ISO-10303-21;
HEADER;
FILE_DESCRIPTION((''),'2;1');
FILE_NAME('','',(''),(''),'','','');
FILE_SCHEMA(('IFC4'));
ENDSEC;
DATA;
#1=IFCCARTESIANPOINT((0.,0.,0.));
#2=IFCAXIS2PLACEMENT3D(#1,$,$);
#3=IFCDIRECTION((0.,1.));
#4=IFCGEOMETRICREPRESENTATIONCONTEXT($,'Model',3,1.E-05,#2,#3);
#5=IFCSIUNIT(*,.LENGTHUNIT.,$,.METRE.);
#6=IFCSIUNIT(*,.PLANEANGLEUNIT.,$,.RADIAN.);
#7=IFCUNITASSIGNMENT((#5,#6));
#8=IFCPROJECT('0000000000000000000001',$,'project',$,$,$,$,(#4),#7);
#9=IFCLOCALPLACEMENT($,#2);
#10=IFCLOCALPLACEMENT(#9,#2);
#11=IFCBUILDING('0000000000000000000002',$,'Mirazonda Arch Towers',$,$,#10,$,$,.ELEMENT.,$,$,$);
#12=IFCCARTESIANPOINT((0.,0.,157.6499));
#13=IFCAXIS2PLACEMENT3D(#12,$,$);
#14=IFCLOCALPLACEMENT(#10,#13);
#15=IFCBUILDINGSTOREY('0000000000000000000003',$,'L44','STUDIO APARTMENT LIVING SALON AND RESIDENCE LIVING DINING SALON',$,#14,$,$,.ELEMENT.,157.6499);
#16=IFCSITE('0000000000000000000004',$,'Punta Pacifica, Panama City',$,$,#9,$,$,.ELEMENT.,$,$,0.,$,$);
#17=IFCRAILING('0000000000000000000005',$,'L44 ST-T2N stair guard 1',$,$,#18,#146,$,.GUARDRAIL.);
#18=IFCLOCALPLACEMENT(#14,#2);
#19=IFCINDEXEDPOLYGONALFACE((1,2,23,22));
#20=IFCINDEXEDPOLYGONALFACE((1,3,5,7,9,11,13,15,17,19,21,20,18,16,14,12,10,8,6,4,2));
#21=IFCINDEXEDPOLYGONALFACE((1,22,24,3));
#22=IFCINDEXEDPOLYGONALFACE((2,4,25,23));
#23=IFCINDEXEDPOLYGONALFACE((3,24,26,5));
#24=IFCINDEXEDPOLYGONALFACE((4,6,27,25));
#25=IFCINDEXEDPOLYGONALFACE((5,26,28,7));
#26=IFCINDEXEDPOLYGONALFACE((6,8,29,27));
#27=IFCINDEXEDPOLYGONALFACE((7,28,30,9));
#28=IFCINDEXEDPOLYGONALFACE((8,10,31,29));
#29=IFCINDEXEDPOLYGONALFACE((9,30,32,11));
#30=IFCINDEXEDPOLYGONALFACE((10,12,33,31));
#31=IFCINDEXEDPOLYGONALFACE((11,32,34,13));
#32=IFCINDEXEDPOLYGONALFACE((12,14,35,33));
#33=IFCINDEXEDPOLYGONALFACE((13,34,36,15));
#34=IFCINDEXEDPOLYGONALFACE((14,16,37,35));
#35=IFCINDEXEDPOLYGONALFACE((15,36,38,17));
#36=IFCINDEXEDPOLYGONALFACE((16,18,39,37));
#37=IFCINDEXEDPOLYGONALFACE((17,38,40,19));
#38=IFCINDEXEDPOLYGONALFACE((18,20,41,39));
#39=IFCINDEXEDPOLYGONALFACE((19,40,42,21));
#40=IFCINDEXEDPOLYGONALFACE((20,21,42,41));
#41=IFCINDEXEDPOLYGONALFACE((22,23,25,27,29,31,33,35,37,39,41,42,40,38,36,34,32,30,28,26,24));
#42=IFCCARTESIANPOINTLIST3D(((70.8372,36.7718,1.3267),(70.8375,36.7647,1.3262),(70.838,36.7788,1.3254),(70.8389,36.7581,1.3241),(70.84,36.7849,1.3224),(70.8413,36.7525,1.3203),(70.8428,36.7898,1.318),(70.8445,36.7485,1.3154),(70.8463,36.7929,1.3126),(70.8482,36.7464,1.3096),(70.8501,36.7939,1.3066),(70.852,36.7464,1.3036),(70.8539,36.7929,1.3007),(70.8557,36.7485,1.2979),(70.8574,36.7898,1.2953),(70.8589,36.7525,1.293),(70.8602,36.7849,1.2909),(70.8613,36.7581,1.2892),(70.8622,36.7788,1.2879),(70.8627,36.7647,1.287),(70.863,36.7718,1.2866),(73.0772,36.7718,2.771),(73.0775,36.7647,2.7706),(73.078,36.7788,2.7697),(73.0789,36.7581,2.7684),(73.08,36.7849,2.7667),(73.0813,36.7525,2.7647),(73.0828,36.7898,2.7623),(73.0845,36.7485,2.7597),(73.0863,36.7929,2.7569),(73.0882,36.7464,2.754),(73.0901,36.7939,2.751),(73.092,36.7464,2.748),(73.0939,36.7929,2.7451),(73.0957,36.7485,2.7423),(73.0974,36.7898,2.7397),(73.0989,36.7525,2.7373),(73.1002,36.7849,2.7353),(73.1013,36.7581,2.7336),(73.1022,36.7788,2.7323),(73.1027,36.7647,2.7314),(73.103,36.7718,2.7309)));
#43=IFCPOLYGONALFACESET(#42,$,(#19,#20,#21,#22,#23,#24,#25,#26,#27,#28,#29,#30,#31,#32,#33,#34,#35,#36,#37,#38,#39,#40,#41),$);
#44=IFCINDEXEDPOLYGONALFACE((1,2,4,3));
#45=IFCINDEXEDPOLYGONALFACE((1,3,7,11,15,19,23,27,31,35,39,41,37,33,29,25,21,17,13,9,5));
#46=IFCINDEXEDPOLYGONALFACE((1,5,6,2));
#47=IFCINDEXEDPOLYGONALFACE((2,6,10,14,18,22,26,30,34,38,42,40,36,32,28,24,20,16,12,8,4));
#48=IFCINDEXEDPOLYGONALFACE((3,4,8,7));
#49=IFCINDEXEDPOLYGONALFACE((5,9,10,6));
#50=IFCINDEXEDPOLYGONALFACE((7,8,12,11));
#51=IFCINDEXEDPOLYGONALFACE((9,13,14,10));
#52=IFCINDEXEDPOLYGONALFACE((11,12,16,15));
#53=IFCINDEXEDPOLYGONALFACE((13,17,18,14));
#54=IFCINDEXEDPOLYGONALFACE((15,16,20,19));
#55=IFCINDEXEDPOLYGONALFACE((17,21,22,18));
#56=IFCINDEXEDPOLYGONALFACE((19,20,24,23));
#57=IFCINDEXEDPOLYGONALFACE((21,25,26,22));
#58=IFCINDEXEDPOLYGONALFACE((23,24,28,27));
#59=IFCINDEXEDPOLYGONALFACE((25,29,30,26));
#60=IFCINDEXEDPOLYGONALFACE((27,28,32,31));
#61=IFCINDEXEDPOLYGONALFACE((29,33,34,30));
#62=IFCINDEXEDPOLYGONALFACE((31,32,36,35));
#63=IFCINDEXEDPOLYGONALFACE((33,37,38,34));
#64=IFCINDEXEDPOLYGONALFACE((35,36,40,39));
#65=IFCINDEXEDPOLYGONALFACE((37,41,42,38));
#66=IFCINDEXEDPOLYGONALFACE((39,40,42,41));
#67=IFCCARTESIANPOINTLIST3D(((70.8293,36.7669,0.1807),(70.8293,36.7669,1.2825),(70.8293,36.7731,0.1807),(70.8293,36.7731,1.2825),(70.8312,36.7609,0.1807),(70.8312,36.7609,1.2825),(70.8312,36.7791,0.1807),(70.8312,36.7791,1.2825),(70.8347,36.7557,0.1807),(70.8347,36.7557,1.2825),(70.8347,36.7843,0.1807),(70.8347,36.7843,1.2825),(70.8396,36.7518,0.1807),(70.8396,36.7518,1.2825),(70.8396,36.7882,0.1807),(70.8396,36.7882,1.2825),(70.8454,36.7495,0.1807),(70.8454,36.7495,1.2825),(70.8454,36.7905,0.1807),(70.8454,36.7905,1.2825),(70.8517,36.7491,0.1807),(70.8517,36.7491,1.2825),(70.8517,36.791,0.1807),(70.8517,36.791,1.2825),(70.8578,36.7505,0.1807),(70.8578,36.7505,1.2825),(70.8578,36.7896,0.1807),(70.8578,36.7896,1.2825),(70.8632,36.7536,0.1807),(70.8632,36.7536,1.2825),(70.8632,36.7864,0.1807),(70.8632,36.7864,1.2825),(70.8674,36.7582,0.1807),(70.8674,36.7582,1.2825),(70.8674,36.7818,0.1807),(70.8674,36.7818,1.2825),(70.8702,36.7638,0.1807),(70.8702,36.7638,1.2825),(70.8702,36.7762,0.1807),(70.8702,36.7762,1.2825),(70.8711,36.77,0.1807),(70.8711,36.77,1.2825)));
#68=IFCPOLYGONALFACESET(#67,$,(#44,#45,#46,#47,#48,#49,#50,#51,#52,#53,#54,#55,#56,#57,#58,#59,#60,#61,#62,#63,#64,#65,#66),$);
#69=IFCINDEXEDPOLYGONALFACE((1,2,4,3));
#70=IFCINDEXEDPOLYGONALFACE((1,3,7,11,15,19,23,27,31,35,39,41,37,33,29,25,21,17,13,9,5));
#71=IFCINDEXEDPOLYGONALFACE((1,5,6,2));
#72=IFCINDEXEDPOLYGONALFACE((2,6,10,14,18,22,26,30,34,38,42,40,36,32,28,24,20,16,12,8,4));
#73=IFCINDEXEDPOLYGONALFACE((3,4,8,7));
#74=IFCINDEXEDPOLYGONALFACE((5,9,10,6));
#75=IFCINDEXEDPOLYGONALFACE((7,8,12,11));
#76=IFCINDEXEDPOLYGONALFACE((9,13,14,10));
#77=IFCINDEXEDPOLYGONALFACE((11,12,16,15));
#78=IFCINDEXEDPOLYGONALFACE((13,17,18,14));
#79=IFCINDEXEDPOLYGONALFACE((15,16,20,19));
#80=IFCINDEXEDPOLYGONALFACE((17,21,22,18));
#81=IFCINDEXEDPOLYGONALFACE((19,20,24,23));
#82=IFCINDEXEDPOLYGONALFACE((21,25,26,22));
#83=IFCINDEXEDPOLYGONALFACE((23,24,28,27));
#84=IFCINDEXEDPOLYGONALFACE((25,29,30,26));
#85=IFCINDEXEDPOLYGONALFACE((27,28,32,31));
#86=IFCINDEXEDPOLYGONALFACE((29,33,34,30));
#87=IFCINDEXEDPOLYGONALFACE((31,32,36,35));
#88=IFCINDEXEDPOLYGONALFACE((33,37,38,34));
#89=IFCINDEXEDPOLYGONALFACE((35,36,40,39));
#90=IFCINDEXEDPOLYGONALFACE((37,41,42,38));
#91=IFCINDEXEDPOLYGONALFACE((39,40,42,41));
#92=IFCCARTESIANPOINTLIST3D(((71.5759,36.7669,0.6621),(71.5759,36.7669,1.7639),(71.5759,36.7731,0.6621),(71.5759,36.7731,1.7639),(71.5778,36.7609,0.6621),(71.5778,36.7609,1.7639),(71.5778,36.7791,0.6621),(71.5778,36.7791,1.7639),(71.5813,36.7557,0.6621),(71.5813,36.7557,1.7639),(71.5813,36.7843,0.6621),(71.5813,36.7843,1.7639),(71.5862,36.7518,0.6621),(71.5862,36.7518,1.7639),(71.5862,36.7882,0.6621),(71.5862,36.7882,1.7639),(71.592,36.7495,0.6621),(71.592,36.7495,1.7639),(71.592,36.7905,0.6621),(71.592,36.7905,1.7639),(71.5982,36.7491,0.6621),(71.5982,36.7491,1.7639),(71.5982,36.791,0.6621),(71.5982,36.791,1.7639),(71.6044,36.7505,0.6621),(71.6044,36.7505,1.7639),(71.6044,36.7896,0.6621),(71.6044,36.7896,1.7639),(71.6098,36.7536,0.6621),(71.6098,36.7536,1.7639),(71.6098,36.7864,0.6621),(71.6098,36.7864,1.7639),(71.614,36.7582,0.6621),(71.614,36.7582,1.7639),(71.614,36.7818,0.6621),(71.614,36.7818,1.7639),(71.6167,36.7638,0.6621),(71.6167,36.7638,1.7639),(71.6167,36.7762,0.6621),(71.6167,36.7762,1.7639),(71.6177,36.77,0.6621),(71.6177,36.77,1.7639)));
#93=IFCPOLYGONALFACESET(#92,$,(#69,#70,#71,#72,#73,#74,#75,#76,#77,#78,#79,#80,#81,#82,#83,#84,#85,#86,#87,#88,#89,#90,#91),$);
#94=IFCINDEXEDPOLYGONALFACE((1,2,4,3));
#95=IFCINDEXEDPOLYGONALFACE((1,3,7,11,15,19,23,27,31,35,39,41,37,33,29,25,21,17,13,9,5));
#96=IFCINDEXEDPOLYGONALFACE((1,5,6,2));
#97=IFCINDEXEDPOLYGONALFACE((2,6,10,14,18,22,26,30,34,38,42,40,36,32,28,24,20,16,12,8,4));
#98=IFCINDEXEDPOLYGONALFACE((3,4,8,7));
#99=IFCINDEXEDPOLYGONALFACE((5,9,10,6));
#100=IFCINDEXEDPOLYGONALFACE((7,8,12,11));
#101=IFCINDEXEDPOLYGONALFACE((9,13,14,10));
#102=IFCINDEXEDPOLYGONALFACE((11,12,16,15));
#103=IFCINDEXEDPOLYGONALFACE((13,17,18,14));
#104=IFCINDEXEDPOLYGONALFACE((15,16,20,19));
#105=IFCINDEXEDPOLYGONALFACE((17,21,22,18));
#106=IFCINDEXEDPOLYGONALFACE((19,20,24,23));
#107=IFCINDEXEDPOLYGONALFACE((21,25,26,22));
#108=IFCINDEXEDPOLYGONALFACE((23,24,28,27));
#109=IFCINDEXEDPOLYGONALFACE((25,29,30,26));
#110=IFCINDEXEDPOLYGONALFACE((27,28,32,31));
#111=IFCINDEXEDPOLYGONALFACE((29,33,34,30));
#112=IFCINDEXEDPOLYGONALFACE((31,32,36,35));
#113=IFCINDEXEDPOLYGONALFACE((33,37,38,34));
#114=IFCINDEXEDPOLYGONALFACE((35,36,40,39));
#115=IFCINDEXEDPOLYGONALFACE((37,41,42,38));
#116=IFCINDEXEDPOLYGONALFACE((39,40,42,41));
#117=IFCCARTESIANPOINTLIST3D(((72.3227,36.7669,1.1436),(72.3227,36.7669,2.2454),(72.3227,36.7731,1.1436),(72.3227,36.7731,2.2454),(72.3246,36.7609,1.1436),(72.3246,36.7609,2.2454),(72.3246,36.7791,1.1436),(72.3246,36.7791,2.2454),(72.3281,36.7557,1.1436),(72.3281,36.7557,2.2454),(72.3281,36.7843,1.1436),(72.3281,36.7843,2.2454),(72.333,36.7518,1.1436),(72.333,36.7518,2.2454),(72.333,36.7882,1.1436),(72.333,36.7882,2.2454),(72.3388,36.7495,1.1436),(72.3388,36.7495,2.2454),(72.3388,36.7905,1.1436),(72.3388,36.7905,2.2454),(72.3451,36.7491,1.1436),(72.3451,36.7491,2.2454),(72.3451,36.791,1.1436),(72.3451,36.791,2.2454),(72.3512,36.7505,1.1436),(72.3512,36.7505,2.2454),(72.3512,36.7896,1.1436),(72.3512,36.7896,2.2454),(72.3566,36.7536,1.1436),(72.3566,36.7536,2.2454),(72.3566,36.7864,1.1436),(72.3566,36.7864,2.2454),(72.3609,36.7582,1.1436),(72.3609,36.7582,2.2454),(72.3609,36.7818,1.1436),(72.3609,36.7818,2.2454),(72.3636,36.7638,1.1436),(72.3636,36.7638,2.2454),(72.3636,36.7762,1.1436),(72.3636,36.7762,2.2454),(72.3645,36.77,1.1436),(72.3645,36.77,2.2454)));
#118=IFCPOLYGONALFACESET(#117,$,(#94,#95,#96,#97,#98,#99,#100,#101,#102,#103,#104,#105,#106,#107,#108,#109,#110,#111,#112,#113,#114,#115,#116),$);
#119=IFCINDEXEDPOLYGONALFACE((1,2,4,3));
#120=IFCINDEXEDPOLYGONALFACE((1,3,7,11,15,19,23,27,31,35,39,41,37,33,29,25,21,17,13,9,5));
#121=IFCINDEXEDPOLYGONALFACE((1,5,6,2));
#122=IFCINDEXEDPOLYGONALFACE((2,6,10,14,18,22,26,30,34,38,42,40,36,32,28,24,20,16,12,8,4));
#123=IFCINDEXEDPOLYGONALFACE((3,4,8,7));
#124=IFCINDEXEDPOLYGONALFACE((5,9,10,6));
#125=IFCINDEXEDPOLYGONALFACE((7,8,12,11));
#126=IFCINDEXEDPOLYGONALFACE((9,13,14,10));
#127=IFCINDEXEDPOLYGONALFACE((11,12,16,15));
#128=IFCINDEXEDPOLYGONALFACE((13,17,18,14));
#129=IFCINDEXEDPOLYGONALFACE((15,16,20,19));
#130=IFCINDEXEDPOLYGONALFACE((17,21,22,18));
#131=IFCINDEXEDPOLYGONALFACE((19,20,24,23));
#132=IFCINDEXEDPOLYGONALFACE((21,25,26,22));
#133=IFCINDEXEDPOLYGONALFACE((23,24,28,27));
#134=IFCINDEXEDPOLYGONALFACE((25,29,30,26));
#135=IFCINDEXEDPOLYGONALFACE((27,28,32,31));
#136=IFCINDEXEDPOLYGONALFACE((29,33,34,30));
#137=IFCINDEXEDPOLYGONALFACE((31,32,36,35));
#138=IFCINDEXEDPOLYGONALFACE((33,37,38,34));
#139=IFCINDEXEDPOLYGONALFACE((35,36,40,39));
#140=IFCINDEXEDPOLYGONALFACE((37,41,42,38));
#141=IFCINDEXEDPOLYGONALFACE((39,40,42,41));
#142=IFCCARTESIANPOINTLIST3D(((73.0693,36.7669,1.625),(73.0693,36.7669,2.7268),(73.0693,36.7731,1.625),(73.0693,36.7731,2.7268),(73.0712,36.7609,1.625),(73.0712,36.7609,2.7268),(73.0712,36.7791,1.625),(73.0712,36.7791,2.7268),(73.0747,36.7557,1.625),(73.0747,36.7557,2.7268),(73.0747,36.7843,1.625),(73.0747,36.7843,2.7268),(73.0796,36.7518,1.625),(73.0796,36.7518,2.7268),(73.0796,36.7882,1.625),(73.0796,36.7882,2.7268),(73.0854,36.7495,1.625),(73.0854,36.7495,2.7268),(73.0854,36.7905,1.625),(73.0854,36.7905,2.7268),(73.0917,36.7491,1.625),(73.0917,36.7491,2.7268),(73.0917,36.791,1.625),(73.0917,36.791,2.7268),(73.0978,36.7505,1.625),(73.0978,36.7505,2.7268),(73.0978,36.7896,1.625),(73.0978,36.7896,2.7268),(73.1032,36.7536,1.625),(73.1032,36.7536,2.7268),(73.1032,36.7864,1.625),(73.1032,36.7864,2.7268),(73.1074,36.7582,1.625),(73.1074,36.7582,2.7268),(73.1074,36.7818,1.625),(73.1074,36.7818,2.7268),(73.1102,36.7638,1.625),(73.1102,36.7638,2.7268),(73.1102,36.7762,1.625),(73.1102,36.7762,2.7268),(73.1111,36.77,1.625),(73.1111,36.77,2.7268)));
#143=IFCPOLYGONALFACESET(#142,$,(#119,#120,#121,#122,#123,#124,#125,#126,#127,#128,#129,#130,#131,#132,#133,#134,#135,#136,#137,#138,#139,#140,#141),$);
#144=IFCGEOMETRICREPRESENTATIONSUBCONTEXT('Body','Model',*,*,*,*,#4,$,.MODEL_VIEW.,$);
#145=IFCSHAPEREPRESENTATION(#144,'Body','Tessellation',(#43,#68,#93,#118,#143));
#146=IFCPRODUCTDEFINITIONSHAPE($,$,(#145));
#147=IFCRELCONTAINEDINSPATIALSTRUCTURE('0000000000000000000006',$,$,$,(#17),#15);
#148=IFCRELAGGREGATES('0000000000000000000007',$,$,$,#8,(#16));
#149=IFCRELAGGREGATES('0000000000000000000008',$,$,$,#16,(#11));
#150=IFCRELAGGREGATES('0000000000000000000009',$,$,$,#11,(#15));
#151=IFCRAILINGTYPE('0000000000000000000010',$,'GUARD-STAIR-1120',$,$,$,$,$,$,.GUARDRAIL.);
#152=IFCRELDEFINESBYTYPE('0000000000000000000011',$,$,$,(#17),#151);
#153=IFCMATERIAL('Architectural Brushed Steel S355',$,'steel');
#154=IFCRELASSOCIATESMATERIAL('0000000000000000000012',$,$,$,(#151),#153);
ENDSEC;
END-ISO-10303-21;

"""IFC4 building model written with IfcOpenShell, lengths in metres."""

from ifc_helpers import new_model, si_unit, direction, frame, origin, origin_2d, place, context, subcontext, project, spatial, circle, extrude, material, type_object, element, save


model = new_model("IFC4")

# Units and contexts
model_context = context("Model", 3, precision=1e-05, world=origin(), true_north=direction((0.0, 1.0)))
body_context = subcontext(model_context, "Body", "Model", "MODEL_VIEW")
ifc_project = project(units=[si_unit("LENGTHUNIT", "METRE"), si_unit("PLANEANGLEUNIT", "RADIAN")], contexts=[model_context])

# Site, building, storey
site_placement = place(None, origin())
site = spatial("IfcSite", under=ifc_project, at=site_placement, Name="Punta Pacifica, Panama City", CompositionType="ELEMENT", RefElevation=0.0)
building_placement = place(site_placement, origin())
building = spatial("IfcBuilding", under=site, at=building_placement, Name="Mirazonda Arch Towers", CompositionType="ELEMENT")
storey_placement = place(building_placement, frame((0.0, 0.0, 157.6499)))
storey = spatial("IfcBuildingStorey", under=building, at=storey_placement, Name="L44", Description="STUDIO APARTMENT LIVING SALON AND RESIDENCE LIVING DINING SALON", CompositionType="ELEMENT", Elevation=157.6499)

# Shared definitions
ifc_material_1 = material(Name="Architectural Brushed Steel S355", Category="steel")

# Railing
railing_type_1 = type_object("IfcRailingType", Name="GUARD-STAIR-1120", PredefinedType="GUARDRAIL", material=ifc_material_1)
railing_1_placement = place(storey_placement, frame((70.8501, 36.77, 0.1807)))
element("IfcRailing", 1, at=railing_1_placement, inside=storey, type_object=railing_type_1, Name="L44 ST-T2N stair guard 1", PredefinedType="GUARDRAIL", context=body_context, shape_type="SweptSolid", body=[
    extrude(circle(Radius=0.0239, at=origin_2d()), frame((0.0, 0.0, 1.126), z_axis=(0.840437, 0.0, 0.54191), x_axis=(0.0, 1.0, 0.0)), (0.0, 0.0, 1.0), 2.6653),
    extrude(circle(Radius=0.021, at=origin_2d()), origin(), (0.0, 0.0, 1.0), 1.1018),
    extrude(circle(Radius=0.021, at=origin_2d()), frame((0.7466, 0.0, 0.4814)), (0.0, 0.0, 1.0), 1.1018),
    extrude(circle(Radius=0.021, at=origin_2d()), frame((1.4934, 0.0, 0.9629)), (0.0, 0.0, 1.0), 1.1018),
    extrude(circle(Radius=0.021, at=origin_2d()), frame((2.24, 0.0, 1.4443)), (0.0, 0.0, 1.0), 1.1018),
])

save(model, "model.ifc")
